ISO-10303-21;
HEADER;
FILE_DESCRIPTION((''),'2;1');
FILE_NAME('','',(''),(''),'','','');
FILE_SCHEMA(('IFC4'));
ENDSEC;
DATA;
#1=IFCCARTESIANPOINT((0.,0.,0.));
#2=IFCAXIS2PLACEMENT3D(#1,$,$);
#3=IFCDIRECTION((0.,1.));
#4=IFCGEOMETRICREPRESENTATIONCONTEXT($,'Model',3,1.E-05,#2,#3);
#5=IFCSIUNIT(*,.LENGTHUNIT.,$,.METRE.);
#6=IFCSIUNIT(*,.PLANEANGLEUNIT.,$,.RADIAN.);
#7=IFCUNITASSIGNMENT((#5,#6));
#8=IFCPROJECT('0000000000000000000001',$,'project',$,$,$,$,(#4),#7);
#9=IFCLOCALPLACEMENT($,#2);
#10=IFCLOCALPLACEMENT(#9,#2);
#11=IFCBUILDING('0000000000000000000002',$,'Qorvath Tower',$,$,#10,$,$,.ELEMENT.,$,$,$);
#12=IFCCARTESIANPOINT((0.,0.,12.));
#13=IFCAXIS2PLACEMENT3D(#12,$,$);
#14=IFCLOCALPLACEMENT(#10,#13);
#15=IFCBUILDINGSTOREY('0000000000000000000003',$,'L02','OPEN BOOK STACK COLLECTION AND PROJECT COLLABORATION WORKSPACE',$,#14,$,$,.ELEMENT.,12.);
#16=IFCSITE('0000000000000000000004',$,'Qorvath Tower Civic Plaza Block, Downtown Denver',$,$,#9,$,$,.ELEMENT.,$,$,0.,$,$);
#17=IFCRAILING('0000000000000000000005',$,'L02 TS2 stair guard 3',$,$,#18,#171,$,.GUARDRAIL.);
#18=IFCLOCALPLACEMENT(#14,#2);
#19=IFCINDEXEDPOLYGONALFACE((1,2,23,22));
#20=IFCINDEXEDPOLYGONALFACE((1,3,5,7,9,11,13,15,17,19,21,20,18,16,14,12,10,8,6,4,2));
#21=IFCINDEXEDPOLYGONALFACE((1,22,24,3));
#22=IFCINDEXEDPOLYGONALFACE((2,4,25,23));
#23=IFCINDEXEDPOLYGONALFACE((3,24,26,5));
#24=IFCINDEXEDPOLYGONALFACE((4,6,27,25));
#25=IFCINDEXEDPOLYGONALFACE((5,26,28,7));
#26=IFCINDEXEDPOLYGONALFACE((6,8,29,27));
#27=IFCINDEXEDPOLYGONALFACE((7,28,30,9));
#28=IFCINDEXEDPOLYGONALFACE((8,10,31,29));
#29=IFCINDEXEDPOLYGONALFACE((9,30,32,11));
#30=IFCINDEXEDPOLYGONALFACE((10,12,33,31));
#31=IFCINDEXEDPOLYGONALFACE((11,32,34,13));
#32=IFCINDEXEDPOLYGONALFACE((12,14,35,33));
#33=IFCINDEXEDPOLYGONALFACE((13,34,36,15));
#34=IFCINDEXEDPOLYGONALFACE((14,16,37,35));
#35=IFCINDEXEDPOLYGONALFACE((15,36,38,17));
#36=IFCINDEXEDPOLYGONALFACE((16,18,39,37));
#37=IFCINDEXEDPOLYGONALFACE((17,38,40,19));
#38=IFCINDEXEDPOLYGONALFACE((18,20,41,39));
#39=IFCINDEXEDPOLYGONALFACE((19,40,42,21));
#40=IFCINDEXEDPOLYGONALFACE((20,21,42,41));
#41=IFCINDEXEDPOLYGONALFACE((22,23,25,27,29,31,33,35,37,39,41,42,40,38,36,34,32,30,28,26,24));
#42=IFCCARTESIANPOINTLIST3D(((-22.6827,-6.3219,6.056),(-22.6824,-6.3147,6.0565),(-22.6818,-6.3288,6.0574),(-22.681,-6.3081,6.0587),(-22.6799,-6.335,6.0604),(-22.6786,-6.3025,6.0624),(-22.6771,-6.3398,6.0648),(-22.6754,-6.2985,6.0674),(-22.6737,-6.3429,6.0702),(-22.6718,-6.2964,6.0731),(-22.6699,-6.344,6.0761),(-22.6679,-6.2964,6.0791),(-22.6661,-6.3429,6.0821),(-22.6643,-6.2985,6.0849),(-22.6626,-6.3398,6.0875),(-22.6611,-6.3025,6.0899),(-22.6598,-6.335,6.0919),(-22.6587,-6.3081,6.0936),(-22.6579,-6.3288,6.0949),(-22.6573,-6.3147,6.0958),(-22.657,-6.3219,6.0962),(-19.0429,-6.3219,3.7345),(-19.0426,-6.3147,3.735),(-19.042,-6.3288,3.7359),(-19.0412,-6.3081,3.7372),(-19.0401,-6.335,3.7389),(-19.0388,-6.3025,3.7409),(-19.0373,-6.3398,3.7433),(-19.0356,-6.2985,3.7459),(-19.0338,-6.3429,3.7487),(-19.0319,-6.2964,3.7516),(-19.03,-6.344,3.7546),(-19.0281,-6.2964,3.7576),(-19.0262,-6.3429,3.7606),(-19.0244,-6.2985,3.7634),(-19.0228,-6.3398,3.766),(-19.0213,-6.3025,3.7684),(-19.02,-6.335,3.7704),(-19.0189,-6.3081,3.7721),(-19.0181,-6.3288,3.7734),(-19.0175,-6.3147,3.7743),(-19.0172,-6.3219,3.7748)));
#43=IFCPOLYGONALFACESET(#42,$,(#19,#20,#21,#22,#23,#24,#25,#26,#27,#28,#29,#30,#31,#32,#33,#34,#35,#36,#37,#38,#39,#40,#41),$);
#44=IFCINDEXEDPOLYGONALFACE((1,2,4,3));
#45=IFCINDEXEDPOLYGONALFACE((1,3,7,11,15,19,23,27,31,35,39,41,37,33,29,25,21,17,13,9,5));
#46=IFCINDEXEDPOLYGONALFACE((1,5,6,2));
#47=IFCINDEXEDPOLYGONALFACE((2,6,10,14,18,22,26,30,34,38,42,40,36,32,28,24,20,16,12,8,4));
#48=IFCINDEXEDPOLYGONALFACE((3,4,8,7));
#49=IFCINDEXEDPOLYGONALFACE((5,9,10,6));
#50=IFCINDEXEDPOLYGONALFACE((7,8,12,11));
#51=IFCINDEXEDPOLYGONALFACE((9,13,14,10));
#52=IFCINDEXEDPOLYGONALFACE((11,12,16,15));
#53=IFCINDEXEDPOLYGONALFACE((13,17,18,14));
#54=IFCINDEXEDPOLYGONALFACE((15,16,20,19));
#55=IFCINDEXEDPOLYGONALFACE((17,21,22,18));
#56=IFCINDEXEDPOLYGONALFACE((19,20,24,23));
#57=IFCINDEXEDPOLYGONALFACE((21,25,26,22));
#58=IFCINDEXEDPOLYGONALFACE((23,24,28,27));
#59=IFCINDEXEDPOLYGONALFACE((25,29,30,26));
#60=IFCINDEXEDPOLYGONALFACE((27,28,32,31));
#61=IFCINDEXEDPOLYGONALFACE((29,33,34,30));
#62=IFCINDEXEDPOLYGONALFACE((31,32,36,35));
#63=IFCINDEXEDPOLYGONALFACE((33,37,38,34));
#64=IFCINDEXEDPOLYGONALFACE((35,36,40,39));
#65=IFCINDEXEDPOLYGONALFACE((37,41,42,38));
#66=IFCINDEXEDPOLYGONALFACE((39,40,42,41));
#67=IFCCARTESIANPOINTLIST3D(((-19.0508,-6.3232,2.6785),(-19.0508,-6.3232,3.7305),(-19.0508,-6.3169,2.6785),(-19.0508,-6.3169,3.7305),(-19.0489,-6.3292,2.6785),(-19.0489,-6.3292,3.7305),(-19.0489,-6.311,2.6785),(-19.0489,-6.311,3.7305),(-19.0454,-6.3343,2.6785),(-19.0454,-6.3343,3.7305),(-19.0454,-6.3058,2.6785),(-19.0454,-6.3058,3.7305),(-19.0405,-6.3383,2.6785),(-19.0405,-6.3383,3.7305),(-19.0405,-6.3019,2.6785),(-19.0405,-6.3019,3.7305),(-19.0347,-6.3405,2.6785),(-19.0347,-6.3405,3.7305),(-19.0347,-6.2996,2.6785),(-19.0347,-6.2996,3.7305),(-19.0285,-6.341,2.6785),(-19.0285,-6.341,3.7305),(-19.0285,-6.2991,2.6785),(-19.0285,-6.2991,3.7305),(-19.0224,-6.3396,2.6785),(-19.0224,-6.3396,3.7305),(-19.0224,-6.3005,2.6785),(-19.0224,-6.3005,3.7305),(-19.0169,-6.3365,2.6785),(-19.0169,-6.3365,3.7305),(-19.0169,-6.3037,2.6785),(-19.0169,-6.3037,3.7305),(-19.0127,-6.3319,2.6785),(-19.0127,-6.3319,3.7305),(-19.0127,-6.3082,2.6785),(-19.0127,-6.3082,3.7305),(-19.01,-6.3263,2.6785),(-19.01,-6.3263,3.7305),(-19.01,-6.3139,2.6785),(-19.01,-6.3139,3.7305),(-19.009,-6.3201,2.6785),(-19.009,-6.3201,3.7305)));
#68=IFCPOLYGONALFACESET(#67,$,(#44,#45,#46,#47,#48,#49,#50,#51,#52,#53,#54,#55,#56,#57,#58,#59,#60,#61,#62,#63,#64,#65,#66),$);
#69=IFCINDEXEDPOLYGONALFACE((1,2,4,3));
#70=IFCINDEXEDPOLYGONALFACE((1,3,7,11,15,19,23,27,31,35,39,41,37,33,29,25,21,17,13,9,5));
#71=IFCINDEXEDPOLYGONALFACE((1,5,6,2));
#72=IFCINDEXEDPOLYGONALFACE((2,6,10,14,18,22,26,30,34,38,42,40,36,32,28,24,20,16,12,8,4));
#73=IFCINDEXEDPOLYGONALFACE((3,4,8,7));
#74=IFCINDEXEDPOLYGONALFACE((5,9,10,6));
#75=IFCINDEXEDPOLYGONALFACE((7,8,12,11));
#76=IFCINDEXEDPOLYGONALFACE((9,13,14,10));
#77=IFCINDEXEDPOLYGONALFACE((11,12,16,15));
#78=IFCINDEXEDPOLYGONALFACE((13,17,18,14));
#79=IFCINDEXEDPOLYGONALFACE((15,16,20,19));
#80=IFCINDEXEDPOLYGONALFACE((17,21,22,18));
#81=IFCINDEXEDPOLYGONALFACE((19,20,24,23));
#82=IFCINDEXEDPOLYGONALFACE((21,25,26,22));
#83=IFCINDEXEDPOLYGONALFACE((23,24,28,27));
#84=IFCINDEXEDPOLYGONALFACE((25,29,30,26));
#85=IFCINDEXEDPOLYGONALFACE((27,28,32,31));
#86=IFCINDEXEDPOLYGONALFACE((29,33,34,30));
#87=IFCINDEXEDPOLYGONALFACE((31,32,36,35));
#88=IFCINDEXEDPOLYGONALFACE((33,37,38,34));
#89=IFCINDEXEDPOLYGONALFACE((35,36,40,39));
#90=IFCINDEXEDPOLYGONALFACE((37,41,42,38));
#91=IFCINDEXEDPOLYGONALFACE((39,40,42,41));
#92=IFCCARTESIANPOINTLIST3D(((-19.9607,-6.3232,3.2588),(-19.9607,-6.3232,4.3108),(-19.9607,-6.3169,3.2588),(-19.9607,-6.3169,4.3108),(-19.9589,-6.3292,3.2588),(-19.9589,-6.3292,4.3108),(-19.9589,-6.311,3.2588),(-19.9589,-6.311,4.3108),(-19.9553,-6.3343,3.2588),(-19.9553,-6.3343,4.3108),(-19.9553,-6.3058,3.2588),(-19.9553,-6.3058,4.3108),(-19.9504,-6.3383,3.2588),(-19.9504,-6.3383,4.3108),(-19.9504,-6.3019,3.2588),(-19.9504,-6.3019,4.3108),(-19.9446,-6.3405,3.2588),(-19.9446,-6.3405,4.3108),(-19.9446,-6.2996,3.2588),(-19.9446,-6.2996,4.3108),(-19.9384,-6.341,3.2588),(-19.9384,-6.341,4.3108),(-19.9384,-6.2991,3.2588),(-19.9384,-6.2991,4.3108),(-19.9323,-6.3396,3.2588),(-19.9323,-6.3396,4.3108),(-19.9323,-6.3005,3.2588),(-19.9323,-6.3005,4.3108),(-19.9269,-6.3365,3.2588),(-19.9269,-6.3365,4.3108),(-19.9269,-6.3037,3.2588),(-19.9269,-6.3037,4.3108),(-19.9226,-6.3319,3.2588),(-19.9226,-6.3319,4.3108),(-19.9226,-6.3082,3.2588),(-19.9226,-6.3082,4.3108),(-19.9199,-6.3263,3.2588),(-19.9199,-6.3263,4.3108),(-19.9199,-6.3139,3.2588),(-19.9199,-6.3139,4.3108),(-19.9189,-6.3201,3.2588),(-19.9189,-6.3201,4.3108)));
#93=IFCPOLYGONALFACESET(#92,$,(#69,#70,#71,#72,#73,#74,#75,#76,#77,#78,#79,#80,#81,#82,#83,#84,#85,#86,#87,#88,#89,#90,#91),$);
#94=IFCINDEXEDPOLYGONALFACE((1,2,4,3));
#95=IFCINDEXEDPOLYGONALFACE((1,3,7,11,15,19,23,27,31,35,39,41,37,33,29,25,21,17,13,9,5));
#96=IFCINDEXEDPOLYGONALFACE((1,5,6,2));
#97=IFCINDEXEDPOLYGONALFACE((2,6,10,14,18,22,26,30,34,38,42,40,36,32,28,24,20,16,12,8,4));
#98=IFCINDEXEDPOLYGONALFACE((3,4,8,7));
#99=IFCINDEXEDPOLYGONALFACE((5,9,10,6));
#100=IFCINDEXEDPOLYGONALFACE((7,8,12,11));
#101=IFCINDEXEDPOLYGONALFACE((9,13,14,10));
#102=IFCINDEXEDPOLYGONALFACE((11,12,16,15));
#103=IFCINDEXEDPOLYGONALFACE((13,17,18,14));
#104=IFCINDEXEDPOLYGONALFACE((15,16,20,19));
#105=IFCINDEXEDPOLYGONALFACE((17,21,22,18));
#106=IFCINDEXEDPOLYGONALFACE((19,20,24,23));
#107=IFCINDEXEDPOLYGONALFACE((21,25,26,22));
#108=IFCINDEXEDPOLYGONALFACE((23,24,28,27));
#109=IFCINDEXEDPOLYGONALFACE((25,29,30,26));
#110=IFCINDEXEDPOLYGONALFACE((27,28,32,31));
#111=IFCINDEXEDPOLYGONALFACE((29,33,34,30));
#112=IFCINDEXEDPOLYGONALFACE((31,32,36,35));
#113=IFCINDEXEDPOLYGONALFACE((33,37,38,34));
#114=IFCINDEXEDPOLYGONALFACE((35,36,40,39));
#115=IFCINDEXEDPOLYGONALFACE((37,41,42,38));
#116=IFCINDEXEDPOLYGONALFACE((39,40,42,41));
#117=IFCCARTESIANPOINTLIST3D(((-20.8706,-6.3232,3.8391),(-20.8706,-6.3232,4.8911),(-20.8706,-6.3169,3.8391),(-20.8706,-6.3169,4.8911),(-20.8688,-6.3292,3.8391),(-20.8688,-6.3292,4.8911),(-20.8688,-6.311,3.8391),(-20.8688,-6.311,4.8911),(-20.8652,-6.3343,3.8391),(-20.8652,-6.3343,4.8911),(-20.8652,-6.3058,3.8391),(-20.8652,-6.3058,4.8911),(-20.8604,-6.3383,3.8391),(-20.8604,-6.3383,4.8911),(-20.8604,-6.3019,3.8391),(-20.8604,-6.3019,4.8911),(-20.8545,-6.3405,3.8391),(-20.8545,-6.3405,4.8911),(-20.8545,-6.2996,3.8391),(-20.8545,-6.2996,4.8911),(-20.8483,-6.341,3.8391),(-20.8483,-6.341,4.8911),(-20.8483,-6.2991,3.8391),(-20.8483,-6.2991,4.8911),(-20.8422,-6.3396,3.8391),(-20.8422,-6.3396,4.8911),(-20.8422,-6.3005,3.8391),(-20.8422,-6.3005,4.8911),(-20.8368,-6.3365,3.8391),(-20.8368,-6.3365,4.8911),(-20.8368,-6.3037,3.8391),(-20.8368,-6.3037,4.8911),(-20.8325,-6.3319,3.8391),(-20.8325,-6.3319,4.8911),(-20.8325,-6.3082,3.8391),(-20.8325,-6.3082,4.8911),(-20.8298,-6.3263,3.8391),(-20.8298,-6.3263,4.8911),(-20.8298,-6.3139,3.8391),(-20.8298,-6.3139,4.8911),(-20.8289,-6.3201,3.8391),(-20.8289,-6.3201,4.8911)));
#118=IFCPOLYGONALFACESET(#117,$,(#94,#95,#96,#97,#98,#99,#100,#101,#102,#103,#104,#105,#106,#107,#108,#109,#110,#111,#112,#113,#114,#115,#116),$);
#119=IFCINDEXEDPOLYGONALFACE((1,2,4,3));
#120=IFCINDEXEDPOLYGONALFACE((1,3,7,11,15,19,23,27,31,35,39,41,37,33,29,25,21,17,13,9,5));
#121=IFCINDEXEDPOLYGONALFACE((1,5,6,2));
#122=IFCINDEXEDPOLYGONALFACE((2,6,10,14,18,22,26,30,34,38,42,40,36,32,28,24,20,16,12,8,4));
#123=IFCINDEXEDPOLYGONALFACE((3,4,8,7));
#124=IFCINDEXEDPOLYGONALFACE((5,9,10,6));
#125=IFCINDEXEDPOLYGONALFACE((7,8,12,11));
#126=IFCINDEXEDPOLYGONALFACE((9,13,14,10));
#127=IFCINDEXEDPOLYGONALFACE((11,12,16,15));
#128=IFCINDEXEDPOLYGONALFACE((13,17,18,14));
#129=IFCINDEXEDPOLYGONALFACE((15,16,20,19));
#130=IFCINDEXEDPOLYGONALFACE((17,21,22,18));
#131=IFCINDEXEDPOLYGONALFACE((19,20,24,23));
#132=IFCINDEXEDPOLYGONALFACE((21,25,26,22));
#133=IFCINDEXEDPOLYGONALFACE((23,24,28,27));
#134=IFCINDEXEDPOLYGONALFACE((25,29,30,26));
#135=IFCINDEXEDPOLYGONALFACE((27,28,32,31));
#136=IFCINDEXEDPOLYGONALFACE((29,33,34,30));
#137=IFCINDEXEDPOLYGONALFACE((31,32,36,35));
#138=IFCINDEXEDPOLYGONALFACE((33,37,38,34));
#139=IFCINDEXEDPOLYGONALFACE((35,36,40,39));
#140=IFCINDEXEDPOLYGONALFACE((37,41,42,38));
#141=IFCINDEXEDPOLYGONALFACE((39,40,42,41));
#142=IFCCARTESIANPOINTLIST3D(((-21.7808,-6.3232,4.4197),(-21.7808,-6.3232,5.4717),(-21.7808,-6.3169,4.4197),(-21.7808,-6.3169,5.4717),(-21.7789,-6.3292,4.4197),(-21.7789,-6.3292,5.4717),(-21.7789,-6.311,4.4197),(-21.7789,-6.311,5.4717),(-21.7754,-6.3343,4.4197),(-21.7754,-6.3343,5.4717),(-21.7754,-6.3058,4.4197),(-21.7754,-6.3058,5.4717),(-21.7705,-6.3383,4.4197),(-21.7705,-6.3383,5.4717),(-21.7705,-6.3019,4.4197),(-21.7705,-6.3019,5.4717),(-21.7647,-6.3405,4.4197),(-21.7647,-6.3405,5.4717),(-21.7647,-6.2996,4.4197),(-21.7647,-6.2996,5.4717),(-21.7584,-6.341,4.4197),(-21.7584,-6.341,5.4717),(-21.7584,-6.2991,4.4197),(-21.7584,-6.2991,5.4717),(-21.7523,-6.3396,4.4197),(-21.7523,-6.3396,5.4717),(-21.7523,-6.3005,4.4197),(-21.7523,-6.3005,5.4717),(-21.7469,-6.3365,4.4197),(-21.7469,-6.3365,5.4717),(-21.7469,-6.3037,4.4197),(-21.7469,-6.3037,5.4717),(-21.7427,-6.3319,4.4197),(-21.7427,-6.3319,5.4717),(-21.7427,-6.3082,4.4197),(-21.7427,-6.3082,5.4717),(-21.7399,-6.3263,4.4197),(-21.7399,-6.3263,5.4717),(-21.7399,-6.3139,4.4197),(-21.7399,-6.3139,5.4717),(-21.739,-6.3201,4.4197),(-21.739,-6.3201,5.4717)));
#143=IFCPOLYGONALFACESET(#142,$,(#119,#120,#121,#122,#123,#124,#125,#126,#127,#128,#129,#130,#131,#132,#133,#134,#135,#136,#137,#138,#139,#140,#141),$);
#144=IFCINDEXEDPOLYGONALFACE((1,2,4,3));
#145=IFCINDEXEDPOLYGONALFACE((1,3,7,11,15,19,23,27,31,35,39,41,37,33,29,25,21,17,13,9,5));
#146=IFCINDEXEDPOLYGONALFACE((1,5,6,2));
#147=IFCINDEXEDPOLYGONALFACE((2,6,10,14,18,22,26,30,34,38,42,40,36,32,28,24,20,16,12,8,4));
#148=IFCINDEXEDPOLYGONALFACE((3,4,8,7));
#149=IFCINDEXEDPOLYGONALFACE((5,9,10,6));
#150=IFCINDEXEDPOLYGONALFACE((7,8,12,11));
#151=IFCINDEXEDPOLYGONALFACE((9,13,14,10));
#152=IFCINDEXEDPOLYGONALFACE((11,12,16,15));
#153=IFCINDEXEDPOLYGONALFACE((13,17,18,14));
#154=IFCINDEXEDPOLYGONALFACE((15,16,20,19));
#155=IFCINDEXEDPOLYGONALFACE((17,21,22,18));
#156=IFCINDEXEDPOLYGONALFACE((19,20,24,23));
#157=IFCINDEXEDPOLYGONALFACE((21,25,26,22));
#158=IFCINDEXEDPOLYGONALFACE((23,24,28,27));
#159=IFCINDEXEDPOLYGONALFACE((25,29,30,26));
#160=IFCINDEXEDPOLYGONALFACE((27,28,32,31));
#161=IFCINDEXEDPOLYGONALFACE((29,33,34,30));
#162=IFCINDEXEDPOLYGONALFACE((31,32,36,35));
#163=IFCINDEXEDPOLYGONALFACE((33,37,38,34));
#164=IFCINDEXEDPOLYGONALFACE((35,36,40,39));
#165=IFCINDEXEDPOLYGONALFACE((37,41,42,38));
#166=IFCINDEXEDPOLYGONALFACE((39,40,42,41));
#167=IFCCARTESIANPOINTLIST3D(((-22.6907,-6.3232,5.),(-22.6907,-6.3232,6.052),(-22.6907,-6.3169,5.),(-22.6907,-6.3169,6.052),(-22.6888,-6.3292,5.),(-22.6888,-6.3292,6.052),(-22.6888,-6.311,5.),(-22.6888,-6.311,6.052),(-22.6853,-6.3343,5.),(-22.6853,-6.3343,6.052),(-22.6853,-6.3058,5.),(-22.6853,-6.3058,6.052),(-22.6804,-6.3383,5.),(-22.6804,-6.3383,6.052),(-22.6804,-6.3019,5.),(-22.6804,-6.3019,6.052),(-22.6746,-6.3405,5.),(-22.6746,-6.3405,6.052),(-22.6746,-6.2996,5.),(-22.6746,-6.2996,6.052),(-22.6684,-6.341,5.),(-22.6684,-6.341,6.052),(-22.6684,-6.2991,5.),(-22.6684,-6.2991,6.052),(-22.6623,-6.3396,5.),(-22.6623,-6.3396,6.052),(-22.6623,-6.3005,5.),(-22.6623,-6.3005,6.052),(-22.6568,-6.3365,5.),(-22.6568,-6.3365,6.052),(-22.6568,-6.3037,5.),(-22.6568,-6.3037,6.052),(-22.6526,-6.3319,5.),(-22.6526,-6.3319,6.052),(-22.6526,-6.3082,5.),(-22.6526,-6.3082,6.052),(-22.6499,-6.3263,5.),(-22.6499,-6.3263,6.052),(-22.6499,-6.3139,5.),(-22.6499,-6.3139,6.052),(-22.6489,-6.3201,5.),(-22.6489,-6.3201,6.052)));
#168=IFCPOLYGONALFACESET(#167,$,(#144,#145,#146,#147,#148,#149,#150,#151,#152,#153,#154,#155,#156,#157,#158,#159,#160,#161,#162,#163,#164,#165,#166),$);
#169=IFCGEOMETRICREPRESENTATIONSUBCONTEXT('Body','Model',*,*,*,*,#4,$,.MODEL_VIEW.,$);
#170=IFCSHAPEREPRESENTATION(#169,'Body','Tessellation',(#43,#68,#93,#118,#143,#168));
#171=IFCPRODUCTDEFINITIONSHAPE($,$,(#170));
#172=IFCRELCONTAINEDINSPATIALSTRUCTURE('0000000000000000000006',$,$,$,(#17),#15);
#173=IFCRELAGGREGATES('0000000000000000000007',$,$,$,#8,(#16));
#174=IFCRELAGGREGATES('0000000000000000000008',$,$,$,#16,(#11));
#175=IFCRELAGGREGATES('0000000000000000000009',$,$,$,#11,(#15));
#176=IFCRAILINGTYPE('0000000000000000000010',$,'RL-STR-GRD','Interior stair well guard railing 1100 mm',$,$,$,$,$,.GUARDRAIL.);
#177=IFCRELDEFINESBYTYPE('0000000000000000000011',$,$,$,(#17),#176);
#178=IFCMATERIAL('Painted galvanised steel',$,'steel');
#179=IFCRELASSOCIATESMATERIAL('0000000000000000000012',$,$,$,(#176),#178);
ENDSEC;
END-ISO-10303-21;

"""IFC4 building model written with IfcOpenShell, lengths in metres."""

from ifc_helpers import new_model, si_unit, direction, frame, origin, origin_2d, place, context, subcontext, project, spatial, circle, extrude, material, type_object, element, save


model = new_model("IFC4")

# Units and contexts
model_context = context("Model", 3, precision=1e-05, world=origin(), true_north=direction((0.0, 1.0)))
body_context = subcontext(model_context, "Body", "Model", "MODEL_VIEW")
ifc_project = project(units=[si_unit("LENGTHUNIT", "METRE"), si_unit("PLANEANGLEUNIT", "RADIAN")], contexts=[model_context])

# Site, building, storey
site_placement = place(None, origin())
site = spatial("IfcSite", under=ifc_project, at=site_placement, Name="Qorvath Tower Civic Plaza Block, Downtown Denver", CompositionType="ELEMENT", RefElevation=0.0)
building_placement = place(site_placement, origin())
building = spatial("IfcBuilding", under=site, at=building_placement, Name="Qorvath Tower", CompositionType="ELEMENT")
storey_placement = place(building_placement, frame((0.0, 0.0, 12.0)))
storey = spatial("IfcBuildingStorey", under=building, at=storey_placement, Name="L02", Description="OPEN BOOK STACK COLLECTION AND PROJECT COLLABORATION WORKSPACE", CompositionType="ELEMENT", Elevation=12.0)

# Railing
ifc_material_1 = material(Name="Painted galvanised steel", Category="steel")
railing_type_1 = type_object("IfcRailingType", Name="RL-STR-GRD", Description="Interior stair well guard railing 1100 mm", PredefinedType="GUARDRAIL", material=ifc_material_1)
railing_1_placement = place(storey_placement, frame((-19.03, -6.3201, 2.6785)))
element("IfcRailing", 1, at=railing_1_placement, inside=storey, type_object=railing_type_1, Name="L02 TS2 stair guard 3", PredefinedType="GUARDRAIL", context=body_context, shape_type="SweptSolid", body=[
    extrude(circle(Radius=0.0239, at=origin_2d()), frame((0.0, 0.0, 1.0762), z_axis=(-0.843112, 0.0, 0.537739), x_axis=(0.0, -1.0, 0.0)), (0.0, 0.0, 1.0), 4.3171),
    extrude(circle(Radius=0.021, at=origin_2d()), origin(), (0.0, 0.0, 1.0), 1.052),
    extrude(circle(Radius=0.021, at=origin_2d()), frame((-0.9099, 0.0, 0.5803)), (0.0, 0.0, 1.0), 1.052),
    extrude(circle(Radius=0.021, at=origin_2d()), frame((-1.8198, 0.0, 1.1606)), (0.0, 0.0, 1.0), 1.052),
    extrude(circle(Radius=0.021, at=origin_2d()), frame((-2.73, 0.0, 1.7412)), (0.0, 0.0, 1.0), 1.052),
    extrude(circle(Radius=0.021, at=origin_2d()), frame((-3.6399, 0.0, 2.3215)), (0.0, 0.0, 1.0), 1.052),
])

save(model, "model.ifc")
